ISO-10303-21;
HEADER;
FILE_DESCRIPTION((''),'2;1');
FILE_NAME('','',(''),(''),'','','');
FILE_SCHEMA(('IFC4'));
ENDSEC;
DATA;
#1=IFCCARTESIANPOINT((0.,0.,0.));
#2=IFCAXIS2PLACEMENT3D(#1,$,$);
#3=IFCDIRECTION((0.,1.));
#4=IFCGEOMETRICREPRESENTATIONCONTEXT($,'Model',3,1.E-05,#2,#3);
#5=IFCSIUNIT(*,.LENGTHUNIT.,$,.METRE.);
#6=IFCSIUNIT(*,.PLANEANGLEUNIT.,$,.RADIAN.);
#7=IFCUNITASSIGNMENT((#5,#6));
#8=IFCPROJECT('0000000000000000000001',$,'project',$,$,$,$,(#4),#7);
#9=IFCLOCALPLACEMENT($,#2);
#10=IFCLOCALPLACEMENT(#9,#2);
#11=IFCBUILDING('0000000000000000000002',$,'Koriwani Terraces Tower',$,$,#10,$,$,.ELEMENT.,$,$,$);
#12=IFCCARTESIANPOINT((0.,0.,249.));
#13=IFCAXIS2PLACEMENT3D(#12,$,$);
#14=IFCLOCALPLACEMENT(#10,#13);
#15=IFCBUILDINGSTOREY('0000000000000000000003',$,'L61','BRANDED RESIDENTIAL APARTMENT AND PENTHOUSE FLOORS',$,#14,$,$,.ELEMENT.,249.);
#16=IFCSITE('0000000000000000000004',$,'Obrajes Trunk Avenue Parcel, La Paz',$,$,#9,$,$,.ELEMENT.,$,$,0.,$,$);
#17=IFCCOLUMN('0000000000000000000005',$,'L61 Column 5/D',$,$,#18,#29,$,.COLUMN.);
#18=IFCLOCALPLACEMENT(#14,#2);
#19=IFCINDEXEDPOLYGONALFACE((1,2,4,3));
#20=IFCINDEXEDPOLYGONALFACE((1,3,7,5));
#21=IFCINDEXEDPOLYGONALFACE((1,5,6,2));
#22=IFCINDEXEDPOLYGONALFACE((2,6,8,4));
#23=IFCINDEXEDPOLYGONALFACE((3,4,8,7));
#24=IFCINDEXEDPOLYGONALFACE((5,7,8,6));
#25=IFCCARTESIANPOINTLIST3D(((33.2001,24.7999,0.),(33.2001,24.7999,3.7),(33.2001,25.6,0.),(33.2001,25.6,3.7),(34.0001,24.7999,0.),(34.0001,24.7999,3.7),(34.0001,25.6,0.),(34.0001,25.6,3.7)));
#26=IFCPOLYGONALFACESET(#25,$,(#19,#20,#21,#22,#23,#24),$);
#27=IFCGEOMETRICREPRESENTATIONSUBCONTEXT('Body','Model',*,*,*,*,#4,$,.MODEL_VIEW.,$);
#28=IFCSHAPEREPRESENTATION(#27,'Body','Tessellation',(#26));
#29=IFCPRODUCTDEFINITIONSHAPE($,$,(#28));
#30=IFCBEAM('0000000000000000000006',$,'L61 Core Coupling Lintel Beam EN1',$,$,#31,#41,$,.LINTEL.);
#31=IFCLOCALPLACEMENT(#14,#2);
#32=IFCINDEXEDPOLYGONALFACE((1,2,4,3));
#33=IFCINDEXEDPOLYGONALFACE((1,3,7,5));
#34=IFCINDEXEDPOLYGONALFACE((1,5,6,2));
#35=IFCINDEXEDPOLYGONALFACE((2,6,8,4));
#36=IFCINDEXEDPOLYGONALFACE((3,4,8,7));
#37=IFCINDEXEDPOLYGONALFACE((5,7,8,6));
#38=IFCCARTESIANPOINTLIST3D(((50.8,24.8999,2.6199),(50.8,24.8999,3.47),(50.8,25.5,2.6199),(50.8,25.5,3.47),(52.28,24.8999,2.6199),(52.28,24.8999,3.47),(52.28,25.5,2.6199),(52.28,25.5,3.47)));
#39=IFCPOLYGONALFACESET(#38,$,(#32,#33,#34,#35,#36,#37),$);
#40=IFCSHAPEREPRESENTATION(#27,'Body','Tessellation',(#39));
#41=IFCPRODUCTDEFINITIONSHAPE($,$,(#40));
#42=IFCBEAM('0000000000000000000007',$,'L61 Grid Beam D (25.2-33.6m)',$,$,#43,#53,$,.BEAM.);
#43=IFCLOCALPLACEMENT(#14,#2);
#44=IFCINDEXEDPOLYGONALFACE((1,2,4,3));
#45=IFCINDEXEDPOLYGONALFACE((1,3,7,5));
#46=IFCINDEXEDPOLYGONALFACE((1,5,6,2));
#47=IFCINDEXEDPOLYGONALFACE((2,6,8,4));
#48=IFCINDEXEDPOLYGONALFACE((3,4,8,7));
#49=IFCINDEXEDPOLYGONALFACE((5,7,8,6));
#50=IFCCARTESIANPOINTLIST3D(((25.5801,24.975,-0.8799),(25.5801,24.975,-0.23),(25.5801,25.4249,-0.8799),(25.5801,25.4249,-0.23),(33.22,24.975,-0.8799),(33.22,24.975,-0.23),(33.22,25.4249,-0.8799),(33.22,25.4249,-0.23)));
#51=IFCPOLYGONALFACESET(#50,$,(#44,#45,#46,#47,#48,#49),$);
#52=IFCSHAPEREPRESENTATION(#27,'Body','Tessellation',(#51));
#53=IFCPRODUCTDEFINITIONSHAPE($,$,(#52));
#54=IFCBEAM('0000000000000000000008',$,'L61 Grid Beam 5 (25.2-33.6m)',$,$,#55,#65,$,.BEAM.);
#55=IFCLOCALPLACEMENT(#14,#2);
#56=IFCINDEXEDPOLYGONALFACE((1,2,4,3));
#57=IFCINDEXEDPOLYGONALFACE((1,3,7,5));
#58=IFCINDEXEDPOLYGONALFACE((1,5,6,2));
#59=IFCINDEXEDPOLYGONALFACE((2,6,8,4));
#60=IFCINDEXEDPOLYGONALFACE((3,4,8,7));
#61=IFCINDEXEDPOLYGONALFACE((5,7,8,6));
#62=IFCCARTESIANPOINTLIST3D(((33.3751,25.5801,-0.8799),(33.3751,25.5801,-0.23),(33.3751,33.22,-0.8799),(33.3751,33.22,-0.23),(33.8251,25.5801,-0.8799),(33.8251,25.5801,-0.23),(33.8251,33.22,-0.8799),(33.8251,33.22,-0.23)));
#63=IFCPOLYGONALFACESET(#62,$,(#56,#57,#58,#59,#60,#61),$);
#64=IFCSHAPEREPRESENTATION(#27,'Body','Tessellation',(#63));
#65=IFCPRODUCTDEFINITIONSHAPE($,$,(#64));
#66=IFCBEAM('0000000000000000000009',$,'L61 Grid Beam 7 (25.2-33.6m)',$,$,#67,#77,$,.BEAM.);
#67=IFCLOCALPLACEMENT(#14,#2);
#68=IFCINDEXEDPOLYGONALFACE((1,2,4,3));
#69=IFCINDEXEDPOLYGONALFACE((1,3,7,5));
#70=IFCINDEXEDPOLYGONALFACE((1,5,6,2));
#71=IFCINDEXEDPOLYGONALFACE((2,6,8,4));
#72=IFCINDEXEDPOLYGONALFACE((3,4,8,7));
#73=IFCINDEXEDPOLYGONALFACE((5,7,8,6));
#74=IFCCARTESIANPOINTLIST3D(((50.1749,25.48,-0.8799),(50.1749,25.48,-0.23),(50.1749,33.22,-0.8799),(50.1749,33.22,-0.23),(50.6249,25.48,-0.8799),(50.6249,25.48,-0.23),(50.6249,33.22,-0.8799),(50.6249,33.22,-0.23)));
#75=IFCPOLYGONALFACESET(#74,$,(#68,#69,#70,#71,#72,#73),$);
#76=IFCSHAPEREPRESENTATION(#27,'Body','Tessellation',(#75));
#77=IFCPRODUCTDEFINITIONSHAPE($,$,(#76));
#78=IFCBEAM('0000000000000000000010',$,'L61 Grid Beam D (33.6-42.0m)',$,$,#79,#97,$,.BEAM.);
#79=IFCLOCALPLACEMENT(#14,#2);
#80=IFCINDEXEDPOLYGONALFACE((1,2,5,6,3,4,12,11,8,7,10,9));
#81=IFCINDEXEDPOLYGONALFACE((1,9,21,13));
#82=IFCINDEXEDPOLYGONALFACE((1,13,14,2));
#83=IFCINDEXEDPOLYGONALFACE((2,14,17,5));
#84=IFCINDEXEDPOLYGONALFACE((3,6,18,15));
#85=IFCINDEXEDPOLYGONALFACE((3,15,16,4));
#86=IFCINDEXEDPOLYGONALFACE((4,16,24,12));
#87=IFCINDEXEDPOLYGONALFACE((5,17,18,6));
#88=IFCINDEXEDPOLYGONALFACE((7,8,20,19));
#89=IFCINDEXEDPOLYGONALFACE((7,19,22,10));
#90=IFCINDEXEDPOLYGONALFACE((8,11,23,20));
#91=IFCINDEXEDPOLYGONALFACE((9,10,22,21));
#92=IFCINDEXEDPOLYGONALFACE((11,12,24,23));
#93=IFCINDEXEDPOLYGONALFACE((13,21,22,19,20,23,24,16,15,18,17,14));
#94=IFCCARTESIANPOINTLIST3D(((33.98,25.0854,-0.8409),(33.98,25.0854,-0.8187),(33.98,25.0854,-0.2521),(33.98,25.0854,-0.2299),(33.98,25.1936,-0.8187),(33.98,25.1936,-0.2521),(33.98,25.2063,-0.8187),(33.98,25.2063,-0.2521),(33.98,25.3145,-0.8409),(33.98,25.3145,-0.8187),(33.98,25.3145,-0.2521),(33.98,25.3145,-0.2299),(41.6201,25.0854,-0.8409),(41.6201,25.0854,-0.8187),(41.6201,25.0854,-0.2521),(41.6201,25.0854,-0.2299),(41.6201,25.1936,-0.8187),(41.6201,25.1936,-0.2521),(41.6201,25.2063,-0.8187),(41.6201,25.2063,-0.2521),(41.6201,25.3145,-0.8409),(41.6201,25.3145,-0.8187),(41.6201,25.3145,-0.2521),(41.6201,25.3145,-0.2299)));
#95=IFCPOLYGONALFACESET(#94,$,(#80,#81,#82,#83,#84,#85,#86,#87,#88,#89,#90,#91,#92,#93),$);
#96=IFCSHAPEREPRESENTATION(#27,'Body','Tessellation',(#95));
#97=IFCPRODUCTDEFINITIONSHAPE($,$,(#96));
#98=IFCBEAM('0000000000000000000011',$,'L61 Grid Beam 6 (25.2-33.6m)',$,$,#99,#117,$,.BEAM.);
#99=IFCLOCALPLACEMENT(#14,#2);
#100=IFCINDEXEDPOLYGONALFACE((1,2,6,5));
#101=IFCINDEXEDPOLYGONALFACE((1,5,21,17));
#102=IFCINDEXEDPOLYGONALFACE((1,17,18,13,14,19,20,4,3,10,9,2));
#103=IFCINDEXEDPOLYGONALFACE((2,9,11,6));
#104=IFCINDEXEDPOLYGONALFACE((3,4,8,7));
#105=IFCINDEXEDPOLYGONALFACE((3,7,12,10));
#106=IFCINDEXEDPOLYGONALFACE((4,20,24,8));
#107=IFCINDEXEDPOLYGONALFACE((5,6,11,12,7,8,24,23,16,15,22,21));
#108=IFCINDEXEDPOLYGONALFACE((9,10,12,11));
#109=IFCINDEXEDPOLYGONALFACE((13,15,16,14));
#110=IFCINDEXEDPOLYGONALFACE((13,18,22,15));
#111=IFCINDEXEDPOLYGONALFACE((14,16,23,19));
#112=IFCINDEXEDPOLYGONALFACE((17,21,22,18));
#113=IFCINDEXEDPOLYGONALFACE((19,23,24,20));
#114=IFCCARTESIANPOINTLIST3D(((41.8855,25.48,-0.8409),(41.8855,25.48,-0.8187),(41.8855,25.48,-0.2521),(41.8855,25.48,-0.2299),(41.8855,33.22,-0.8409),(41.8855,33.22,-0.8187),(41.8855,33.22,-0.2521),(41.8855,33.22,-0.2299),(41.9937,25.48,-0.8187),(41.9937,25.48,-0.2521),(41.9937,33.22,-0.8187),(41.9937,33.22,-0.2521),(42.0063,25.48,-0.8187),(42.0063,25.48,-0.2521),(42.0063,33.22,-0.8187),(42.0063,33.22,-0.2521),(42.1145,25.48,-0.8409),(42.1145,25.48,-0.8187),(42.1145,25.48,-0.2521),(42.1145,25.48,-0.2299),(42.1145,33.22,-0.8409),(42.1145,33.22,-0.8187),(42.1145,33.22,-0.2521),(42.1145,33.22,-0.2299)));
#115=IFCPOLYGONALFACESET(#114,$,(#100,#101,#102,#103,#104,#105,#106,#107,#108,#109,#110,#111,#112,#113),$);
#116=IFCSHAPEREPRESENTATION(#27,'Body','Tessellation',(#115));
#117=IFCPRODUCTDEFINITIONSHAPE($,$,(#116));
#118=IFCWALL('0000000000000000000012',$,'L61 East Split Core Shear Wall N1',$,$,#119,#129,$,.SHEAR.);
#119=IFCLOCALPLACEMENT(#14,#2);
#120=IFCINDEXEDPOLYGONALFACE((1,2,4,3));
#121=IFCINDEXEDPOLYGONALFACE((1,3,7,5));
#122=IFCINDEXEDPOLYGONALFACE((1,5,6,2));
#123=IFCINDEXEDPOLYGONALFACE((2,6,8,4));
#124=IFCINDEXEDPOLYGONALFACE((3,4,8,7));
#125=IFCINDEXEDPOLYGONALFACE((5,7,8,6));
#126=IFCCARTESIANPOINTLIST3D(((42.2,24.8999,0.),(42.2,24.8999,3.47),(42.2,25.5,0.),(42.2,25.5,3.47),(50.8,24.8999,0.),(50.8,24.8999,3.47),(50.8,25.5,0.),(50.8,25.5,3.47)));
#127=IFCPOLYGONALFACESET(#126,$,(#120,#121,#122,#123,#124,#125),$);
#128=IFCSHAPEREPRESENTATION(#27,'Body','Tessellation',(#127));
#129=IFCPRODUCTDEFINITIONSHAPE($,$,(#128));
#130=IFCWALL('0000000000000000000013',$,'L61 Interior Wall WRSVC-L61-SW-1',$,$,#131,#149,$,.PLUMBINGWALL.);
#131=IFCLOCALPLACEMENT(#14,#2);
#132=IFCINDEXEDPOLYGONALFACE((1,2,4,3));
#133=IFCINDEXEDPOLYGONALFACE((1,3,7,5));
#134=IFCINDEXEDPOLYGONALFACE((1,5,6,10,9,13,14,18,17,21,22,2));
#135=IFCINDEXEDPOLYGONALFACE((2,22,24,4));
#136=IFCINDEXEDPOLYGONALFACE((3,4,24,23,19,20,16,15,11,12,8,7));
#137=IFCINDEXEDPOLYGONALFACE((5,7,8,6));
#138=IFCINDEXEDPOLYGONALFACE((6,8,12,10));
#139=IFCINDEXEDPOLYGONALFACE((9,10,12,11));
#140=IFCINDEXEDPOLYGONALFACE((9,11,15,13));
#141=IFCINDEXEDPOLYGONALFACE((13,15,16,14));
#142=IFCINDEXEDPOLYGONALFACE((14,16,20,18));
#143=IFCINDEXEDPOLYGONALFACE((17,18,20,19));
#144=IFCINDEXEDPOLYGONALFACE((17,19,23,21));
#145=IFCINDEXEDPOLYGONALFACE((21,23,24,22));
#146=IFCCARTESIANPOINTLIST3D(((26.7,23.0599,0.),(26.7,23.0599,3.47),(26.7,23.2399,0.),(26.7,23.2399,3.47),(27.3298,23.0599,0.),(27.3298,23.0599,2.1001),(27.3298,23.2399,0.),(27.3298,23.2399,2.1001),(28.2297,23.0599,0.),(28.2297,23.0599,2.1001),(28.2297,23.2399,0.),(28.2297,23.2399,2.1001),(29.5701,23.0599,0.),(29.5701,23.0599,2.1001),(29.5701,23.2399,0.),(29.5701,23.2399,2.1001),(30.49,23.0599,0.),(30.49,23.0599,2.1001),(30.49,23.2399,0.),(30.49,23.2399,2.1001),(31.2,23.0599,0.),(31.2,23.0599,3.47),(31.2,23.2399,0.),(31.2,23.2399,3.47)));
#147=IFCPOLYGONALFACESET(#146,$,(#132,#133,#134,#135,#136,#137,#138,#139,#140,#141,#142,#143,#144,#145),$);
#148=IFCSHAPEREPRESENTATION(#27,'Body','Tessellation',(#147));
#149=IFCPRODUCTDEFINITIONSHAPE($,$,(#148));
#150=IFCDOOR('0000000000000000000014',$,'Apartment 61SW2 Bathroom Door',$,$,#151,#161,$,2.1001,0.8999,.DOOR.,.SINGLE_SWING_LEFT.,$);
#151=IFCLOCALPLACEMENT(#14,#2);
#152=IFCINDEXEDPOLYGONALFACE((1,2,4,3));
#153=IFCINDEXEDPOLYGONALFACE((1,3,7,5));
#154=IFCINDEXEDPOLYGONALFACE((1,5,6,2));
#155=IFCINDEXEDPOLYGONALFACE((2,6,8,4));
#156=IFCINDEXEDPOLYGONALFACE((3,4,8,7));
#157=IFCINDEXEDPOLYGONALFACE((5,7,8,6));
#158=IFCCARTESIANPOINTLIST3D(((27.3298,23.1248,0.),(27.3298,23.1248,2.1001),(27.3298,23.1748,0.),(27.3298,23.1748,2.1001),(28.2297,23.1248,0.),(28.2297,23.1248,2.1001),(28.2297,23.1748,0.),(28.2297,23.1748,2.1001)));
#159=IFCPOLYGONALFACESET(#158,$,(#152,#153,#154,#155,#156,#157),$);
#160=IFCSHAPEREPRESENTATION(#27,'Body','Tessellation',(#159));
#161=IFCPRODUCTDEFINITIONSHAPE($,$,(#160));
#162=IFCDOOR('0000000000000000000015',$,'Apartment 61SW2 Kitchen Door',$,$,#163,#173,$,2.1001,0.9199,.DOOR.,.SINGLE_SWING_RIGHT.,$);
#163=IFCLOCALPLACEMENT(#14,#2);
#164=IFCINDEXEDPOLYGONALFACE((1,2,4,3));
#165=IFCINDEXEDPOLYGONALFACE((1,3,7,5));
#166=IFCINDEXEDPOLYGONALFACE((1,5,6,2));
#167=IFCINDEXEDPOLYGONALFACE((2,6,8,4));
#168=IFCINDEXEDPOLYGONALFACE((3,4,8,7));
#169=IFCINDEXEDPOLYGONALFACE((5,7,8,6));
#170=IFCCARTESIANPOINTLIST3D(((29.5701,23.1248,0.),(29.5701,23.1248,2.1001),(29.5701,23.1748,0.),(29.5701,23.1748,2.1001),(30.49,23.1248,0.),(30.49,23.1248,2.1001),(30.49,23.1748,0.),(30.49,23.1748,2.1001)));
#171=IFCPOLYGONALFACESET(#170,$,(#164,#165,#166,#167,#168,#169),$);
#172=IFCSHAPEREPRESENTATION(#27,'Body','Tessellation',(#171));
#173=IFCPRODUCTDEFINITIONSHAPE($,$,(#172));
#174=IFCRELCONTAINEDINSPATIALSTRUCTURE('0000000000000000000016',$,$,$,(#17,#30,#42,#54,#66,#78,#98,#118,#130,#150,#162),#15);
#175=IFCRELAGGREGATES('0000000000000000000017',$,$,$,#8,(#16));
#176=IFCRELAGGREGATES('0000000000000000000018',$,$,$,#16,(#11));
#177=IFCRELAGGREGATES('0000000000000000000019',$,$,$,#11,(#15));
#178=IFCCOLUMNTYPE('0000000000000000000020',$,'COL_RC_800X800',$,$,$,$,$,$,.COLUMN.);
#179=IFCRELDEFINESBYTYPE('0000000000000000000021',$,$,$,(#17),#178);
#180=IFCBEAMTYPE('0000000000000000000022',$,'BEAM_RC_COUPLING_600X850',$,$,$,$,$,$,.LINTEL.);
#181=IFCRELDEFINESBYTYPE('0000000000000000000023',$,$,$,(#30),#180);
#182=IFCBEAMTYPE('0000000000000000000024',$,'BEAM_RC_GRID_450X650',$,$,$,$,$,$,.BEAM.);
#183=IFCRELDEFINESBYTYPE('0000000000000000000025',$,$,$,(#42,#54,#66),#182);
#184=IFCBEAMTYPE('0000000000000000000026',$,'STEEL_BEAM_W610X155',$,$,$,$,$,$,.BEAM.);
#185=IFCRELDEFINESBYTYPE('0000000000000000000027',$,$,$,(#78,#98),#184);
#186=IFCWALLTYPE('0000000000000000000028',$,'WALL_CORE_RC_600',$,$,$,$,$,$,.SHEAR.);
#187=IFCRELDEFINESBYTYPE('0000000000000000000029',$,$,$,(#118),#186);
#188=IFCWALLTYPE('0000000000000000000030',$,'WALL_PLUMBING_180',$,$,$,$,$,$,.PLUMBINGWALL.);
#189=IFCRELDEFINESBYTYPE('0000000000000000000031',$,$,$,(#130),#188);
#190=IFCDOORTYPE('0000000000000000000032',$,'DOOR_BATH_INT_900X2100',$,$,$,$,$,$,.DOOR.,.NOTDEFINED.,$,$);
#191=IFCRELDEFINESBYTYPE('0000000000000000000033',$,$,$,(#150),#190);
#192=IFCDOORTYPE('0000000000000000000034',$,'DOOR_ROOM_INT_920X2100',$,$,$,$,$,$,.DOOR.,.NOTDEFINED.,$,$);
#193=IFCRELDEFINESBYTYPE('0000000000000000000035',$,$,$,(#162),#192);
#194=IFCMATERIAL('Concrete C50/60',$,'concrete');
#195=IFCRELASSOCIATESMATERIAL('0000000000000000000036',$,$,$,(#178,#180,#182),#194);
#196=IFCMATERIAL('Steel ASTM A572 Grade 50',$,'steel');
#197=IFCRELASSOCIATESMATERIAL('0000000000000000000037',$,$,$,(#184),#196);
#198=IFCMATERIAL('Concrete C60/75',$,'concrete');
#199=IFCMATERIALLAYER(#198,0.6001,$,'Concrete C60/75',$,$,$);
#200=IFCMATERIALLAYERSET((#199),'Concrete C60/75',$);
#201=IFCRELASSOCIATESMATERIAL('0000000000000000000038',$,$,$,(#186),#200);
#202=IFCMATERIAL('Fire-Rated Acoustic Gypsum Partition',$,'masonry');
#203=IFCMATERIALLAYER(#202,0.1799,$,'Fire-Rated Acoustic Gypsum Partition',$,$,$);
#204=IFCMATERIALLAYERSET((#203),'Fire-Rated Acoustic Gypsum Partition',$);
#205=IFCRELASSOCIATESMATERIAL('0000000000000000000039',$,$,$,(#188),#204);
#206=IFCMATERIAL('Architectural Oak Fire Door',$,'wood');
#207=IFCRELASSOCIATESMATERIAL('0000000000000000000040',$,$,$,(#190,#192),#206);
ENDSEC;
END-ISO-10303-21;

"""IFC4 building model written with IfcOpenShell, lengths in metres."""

from ifc_helpers import new_model, si_unit, direction, frame, frame_2d, origin, origin_2d, place, context, subcontext, project, spatial, rectangle, i_section, extrude, material, layer, layer_set, material_profile, profile_set, type_object, element, fill, save


model = new_model("IFC4")

# Units and contexts
model_context = context("Model", 3, precision=1e-05, world=origin(), true_north=direction((0.0, 1.0)))
body_context = subcontext(model_context, "Body", "Model", "MODEL_VIEW")
ifc_project = project(units=[si_unit("LENGTHUNIT", "METRE"), si_unit("PLANEANGLEUNIT", "RADIAN")], contexts=[model_context])

# Site, building, storey
site_placement = place(None, origin())
site = spatial("IfcSite", under=ifc_project, at=site_placement, Name="Obrajes Trunk Avenue Parcel, La Paz", CompositionType="ELEMENT", RefElevation=0.0)
building_placement = place(site_placement, origin())
building = spatial("IfcBuilding", under=site, at=building_placement, Name="Koriwani Terraces Tower", CompositionType="ELEMENT")
storey_placement = place(building_placement, frame((0.0, 0.0, 249.0)))
storey = spatial("IfcBuildingStorey", under=building, at=storey_placement, Name="L61", Description="BRANDED RESIDENTIAL APARTMENT AND PENTHOUSE FLOORS", CompositionType="ELEMENT", Elevation=249.0)

# Column
ifc_material_1 = material(Name="Concrete C50/60", Category="concrete")
ifc_material_profile_1 = material_profile(ifc_material_1, rectangle(XDim=0.8, YDim=0.8, at=origin_2d()), Name="Concrete C50/60", Category="LoadBearing")
ifc_profile_set_1 = profile_set([ifc_material_profile_1], Name="Concrete C50/60")
column_type = type_object("IfcColumnType", Name="COL_RC_800X800", PredefinedType="COLUMN", material=ifc_profile_set_1)
column_placement = place(storey_placement, frame((33.6001, 25.2, 0.0), z_axis=(0.0, 0.0, 1.0), x_axis=(1.0, 0.0, 0.0)))
element("IfcColumn", 1, at=column_placement, inside=storey, type_object=column_type, Name="L61 Column 5/D", PredefinedType="COLUMN", context=body_context, shape_type="SweptSolid", body=[
    extrude(rectangle(XDim=0.8, YDim=0.8, at=origin_2d()), origin(), (0.0, 0.0, 1.0), 3.7),
])

# Beams
ifc_material_profile_2 = material_profile(ifc_material_1, rectangle(XDim=0.6001, YDim=0.8501, at=origin_2d()), Name="Concrete C50/60", Category="LoadBearing")
ifc_profile_set_2 = profile_set([ifc_material_profile_2], Name="Concrete C50/60")
beam_type_1 = type_object("IfcBeamType", Name="BEAM_RC_COUPLING_600X850", PredefinedType="LINTEL", material=ifc_profile_set_2)
beam_1_placement = place(storey_placement, frame((50.8, 25.2, 3.0449), z_axis=(1.0, 0.0, 0.0), x_axis=(0.0, 1.0, 0.0)))
element("IfcBeam", 2, at=beam_1_placement, inside=storey, type_object=beam_type_1, Name="L61 Core Coupling Lintel Beam EN1", PredefinedType="LINTEL", context=body_context, shape_type="SweptSolid", body=[
    extrude(rectangle(XDim=0.6001, YDim=0.8501, at=origin_2d()), origin(), (0.0, 0.0, 1.0), 1.48),
])
ifc_material_profile_3 = material_profile(ifc_material_1, rectangle(XDim=0.45, YDim=0.6499, at=origin_2d()), Name="Concrete C50/60", Category="LoadBearing")
ifc_profile_set_3 = profile_set([ifc_material_profile_3], Name="Concrete C50/60")
beam_type_2 = type_object("IfcBeamType", Name="BEAM_RC_GRID_450X650", PredefinedType="BEAM", material=ifc_profile_set_3)
for number, where, z_axis, x_axis, name in (
    (3, (25.5801, 25.2, -0.5549), (1.0, 0.0, 0.0), (0.0, 1.0, 0.0), "L61 Grid Beam D (25.2-33.6m)"),
    (4, (33.6001, 25.5801, -0.5549), (0.0, 1.0, 0.0), (-1.0, 0.0, 0.0), "L61 Grid Beam 5 (25.2-33.6m)"),
):
    element("IfcBeam", number, at=place(storey_placement, frame(where, z_axis=z_axis, x_axis=x_axis)), inside=storey, type_object=beam_type_2, Name=name, PredefinedType="BEAM", context=body_context, shape_type="SweptSolid", body=[
        extrude(rectangle(XDim=0.45, YDim=0.6499, at=origin_2d()), origin(), (0.0, 0.0, 1.0), 7.6399),
    ])
beam_2_placement = place(storey_placement, frame((50.3999, 25.48, -0.5549), z_axis=(0.0, 1.0, 0.0), x_axis=(-1.0, 0.0, 0.0)))
element("IfcBeam", 5, at=beam_2_placement, inside=storey, type_object=beam_type_2, Name="L61 Grid Beam 7 (25.2-33.6m)", PredefinedType="BEAM", context=body_context, shape_type="SweptSolid", body=[
    extrude(rectangle(XDim=0.45, YDim=0.6499, at=origin_2d()), origin(), (0.0, 0.0, 1.0), 7.74),
])
ifc_material_2 = material(Name="Steel ASTM A572 Grade 50", Category="steel")
ifc_material_profile_4 = material_profile(ifc_material_2, i_section(OverallWidth=0.229, OverallDepth=0.6111, WebThickness=0.0127, FlangeThickness=0.0222, at=origin_2d()), Name="Steel ASTM A572 Grade 50", Category="LoadBearing")
ifc_profile_set_4 = profile_set([ifc_material_profile_4], Name="Steel ASTM A572 Grade 50")
beam_type_3 = type_object("IfcBeamType", Name="STEEL_BEAM_W610X155", PredefinedType="BEAM", material=ifc_profile_set_4)
beam_3_placement = place(storey_placement, frame((33.98, 25.2, -0.5354), z_axis=(1.0, 0.0, 0.0), x_axis=(0.0, 1.0, 0.0)))
element("IfcBeam", 6, at=beam_3_placement, inside=storey, type_object=beam_type_3, Name="L61 Grid Beam D (33.6-42.0m)", PredefinedType="BEAM", context=body_context, shape_type="SweptSolid", body=[
    extrude(i_section(OverallWidth=0.229, OverallDepth=0.6111, WebThickness=0.0127, FlangeThickness=0.0222, at=origin_2d()), origin(), (0.0, 0.0, 1.0), 7.6401),
])
beam_4_placement = place(storey_placement, frame((42.0, 25.48, -0.5354), z_axis=(0.0, 1.0, 0.0), x_axis=(-1.0, 0.0, 0.0)))
element("IfcBeam", 7, at=beam_4_placement, inside=storey, type_object=beam_type_3, Name="L61 Grid Beam 6 (25.2-33.6m)", PredefinedType="BEAM", context=body_context, shape_type="SweptSolid", body=[
    extrude(i_section(OverallWidth=0.229, OverallDepth=0.6111, WebThickness=0.0127, FlangeThickness=0.0222, at=origin_2d()), origin(), (0.0, 0.0, 1.0), 7.74),
])

# Wall
ifc_material_3 = material(Name="Concrete C60/75", Category="concrete")
ifc_layer_1 = layer(ifc_material_3, 0.6001, Name="Concrete C60/75")
ifc_layer_set_1 = layer_set([ifc_layer_1], Name="Concrete C60/75")
wall_type_1 = type_object("IfcWallType", Name="WALL_CORE_RC_600", PredefinedType="SHEAR", material=ifc_layer_set_1)
wall_1_placement = place(storey_placement, frame((42.2, 25.2, 0.0), z_axis=(0.0, 0.0, 1.0), x_axis=(1.0, 0.0, 0.0)))
element("IfcWall", 8, at=wall_1_placement, inside=storey, type_object=wall_type_1, Name="L61 East Split Core Shear Wall N1", PredefinedType="SHEAR", context=body_context, shape_type="SweptSolid", body=[
    extrude(rectangle(XDim=8.6001, YDim=0.6001, at=frame_2d((4.3, 0.0))), origin(), (0.0, 0.0, 1.0), 3.47),
])

# Wall, openings, doors
ifc_material_4 = material(Name="Fire-Rated Acoustic Gypsum Partition", Category="masonry")
ifc_layer_2 = layer(ifc_material_4, 0.1799, Name="Fire-Rated Acoustic Gypsum Partition")
ifc_layer_set_2 = layer_set([ifc_layer_2], Name="Fire-Rated Acoustic Gypsum Partition")
wall_type_2 = type_object("IfcWallType", Name="WALL_PLUMBING_180", PredefinedType="PLUMBINGWALL", material=ifc_layer_set_2)
wall_2_placement = place(storey_placement, frame((26.7, 23.1499, 0.0), z_axis=(0.0, 0.0, 1.0), x_axis=(1.0, 0.0, 0.0)))
wall_2 = element("IfcWall", 9, at=wall_2_placement, inside=storey, type_object=wall_type_2, Name="L61 Interior Wall WRSVC-L61-SW-1", PredefinedType="PLUMBINGWALL", context=body_context, shape_type="SweptSolid", body=[
    extrude(rectangle(XDim=4.5, YDim=0.1799, at=frame_2d((2.25, 0.0))), origin(), (0.0, 0.0, 1.0), 3.47),
])
opening_1_placement = place(wall_2_placement, frame((0.6299, 0.0, 0.0)))
opening_1 = element("IfcOpeningElement", 10, at=opening_1_placement, cuts=wall_2, PredefinedType="OPENING", context=body_context, shape_type="SweptSolid", body=[
    extrude(rectangle(XDim=0.8999, YDim=2.1001, at=frame_2d((0.45, 1.05))), frame((0.0, 0.1001, 0.0), z_axis=(0.0, -1.0, 0.0), x_axis=(1.0, 0.0, 0.0)), (0.0, 0.0, 1.0), 0.2),
])
opening_2_placement = place(wall_2_placement, frame((2.8701, 0.0, 0.0)))
opening_2 = element("IfcOpeningElement", 11, at=opening_2_placement, cuts=wall_2, PredefinedType="OPENING", context=body_context, shape_type="SweptSolid", body=[
    extrude(rectangle(XDim=0.9199, YDim=2.1001, at=frame_2d((0.46, 1.05))), frame((0.0, 0.1001, 0.0), z_axis=(0.0, -1.0, 0.0), x_axis=(1.0, 0.0, 0.0)), (0.0, 0.0, 1.0), 0.2),
])
ifc_material_5 = material(Name="Architectural Oak Fire Door", Category="wood")
door_type_1 = type_object("IfcDoorType", Name="DOOR_BATH_INT_900X2100", OperationType="NOTDEFINED", PredefinedType="DOOR", material=ifc_material_5)
door_1_placement = place(opening_1_placement, origin())
door_1 = element("IfcDoor", 12, at=door_1_placement, inside=storey, type_object=door_type_1, Name="Apartment 61SW2 Bathroom Door", OperationType="SINGLE_SWING_LEFT", OverallHeight=2.1001, OverallWidth=0.8999, PredefinedType="DOOR", context=body_context, shape_type="SweptSolid", body=[
    extrude(rectangle(XDim=0.8999, YDim=2.1001, at=frame_2d((0.45, 1.05))), frame((0.0, 0.0249, 0.0), z_axis=(0.0, -1.0, 0.0), x_axis=(1.0, 0.0, 0.0)), (0.0, 0.0, 1.0), 0.05),
])
fill(opening_1, door_1)
door_type_2 = type_object("IfcDoorType", Name="DOOR_ROOM_INT_920X2100", OperationType="NOTDEFINED", PredefinedType="DOOR", material=ifc_material_5)
door_2_placement = place(opening_2_placement, origin())
door_2 = element("IfcDoor", 13, at=door_2_placement, inside=storey, type_object=door_type_2, Name="Apartment 61SW2 Kitchen Door", OperationType="SINGLE_SWING_RIGHT", OverallHeight=2.1001, OverallWidth=0.9199, PredefinedType="DOOR", context=body_context, shape_type="SweptSolid", body=[
    extrude(rectangle(XDim=0.9199, YDim=2.1001, at=frame_2d((0.46, 1.05))), frame((0.0, 0.0249, 0.0), z_axis=(0.0, -1.0, 0.0), x_axis=(1.0, 0.0, 0.0)), (0.0, 0.0, 1.0), 0.05),
])
fill(opening_2, door_2)

save(model, "model.ifc")
